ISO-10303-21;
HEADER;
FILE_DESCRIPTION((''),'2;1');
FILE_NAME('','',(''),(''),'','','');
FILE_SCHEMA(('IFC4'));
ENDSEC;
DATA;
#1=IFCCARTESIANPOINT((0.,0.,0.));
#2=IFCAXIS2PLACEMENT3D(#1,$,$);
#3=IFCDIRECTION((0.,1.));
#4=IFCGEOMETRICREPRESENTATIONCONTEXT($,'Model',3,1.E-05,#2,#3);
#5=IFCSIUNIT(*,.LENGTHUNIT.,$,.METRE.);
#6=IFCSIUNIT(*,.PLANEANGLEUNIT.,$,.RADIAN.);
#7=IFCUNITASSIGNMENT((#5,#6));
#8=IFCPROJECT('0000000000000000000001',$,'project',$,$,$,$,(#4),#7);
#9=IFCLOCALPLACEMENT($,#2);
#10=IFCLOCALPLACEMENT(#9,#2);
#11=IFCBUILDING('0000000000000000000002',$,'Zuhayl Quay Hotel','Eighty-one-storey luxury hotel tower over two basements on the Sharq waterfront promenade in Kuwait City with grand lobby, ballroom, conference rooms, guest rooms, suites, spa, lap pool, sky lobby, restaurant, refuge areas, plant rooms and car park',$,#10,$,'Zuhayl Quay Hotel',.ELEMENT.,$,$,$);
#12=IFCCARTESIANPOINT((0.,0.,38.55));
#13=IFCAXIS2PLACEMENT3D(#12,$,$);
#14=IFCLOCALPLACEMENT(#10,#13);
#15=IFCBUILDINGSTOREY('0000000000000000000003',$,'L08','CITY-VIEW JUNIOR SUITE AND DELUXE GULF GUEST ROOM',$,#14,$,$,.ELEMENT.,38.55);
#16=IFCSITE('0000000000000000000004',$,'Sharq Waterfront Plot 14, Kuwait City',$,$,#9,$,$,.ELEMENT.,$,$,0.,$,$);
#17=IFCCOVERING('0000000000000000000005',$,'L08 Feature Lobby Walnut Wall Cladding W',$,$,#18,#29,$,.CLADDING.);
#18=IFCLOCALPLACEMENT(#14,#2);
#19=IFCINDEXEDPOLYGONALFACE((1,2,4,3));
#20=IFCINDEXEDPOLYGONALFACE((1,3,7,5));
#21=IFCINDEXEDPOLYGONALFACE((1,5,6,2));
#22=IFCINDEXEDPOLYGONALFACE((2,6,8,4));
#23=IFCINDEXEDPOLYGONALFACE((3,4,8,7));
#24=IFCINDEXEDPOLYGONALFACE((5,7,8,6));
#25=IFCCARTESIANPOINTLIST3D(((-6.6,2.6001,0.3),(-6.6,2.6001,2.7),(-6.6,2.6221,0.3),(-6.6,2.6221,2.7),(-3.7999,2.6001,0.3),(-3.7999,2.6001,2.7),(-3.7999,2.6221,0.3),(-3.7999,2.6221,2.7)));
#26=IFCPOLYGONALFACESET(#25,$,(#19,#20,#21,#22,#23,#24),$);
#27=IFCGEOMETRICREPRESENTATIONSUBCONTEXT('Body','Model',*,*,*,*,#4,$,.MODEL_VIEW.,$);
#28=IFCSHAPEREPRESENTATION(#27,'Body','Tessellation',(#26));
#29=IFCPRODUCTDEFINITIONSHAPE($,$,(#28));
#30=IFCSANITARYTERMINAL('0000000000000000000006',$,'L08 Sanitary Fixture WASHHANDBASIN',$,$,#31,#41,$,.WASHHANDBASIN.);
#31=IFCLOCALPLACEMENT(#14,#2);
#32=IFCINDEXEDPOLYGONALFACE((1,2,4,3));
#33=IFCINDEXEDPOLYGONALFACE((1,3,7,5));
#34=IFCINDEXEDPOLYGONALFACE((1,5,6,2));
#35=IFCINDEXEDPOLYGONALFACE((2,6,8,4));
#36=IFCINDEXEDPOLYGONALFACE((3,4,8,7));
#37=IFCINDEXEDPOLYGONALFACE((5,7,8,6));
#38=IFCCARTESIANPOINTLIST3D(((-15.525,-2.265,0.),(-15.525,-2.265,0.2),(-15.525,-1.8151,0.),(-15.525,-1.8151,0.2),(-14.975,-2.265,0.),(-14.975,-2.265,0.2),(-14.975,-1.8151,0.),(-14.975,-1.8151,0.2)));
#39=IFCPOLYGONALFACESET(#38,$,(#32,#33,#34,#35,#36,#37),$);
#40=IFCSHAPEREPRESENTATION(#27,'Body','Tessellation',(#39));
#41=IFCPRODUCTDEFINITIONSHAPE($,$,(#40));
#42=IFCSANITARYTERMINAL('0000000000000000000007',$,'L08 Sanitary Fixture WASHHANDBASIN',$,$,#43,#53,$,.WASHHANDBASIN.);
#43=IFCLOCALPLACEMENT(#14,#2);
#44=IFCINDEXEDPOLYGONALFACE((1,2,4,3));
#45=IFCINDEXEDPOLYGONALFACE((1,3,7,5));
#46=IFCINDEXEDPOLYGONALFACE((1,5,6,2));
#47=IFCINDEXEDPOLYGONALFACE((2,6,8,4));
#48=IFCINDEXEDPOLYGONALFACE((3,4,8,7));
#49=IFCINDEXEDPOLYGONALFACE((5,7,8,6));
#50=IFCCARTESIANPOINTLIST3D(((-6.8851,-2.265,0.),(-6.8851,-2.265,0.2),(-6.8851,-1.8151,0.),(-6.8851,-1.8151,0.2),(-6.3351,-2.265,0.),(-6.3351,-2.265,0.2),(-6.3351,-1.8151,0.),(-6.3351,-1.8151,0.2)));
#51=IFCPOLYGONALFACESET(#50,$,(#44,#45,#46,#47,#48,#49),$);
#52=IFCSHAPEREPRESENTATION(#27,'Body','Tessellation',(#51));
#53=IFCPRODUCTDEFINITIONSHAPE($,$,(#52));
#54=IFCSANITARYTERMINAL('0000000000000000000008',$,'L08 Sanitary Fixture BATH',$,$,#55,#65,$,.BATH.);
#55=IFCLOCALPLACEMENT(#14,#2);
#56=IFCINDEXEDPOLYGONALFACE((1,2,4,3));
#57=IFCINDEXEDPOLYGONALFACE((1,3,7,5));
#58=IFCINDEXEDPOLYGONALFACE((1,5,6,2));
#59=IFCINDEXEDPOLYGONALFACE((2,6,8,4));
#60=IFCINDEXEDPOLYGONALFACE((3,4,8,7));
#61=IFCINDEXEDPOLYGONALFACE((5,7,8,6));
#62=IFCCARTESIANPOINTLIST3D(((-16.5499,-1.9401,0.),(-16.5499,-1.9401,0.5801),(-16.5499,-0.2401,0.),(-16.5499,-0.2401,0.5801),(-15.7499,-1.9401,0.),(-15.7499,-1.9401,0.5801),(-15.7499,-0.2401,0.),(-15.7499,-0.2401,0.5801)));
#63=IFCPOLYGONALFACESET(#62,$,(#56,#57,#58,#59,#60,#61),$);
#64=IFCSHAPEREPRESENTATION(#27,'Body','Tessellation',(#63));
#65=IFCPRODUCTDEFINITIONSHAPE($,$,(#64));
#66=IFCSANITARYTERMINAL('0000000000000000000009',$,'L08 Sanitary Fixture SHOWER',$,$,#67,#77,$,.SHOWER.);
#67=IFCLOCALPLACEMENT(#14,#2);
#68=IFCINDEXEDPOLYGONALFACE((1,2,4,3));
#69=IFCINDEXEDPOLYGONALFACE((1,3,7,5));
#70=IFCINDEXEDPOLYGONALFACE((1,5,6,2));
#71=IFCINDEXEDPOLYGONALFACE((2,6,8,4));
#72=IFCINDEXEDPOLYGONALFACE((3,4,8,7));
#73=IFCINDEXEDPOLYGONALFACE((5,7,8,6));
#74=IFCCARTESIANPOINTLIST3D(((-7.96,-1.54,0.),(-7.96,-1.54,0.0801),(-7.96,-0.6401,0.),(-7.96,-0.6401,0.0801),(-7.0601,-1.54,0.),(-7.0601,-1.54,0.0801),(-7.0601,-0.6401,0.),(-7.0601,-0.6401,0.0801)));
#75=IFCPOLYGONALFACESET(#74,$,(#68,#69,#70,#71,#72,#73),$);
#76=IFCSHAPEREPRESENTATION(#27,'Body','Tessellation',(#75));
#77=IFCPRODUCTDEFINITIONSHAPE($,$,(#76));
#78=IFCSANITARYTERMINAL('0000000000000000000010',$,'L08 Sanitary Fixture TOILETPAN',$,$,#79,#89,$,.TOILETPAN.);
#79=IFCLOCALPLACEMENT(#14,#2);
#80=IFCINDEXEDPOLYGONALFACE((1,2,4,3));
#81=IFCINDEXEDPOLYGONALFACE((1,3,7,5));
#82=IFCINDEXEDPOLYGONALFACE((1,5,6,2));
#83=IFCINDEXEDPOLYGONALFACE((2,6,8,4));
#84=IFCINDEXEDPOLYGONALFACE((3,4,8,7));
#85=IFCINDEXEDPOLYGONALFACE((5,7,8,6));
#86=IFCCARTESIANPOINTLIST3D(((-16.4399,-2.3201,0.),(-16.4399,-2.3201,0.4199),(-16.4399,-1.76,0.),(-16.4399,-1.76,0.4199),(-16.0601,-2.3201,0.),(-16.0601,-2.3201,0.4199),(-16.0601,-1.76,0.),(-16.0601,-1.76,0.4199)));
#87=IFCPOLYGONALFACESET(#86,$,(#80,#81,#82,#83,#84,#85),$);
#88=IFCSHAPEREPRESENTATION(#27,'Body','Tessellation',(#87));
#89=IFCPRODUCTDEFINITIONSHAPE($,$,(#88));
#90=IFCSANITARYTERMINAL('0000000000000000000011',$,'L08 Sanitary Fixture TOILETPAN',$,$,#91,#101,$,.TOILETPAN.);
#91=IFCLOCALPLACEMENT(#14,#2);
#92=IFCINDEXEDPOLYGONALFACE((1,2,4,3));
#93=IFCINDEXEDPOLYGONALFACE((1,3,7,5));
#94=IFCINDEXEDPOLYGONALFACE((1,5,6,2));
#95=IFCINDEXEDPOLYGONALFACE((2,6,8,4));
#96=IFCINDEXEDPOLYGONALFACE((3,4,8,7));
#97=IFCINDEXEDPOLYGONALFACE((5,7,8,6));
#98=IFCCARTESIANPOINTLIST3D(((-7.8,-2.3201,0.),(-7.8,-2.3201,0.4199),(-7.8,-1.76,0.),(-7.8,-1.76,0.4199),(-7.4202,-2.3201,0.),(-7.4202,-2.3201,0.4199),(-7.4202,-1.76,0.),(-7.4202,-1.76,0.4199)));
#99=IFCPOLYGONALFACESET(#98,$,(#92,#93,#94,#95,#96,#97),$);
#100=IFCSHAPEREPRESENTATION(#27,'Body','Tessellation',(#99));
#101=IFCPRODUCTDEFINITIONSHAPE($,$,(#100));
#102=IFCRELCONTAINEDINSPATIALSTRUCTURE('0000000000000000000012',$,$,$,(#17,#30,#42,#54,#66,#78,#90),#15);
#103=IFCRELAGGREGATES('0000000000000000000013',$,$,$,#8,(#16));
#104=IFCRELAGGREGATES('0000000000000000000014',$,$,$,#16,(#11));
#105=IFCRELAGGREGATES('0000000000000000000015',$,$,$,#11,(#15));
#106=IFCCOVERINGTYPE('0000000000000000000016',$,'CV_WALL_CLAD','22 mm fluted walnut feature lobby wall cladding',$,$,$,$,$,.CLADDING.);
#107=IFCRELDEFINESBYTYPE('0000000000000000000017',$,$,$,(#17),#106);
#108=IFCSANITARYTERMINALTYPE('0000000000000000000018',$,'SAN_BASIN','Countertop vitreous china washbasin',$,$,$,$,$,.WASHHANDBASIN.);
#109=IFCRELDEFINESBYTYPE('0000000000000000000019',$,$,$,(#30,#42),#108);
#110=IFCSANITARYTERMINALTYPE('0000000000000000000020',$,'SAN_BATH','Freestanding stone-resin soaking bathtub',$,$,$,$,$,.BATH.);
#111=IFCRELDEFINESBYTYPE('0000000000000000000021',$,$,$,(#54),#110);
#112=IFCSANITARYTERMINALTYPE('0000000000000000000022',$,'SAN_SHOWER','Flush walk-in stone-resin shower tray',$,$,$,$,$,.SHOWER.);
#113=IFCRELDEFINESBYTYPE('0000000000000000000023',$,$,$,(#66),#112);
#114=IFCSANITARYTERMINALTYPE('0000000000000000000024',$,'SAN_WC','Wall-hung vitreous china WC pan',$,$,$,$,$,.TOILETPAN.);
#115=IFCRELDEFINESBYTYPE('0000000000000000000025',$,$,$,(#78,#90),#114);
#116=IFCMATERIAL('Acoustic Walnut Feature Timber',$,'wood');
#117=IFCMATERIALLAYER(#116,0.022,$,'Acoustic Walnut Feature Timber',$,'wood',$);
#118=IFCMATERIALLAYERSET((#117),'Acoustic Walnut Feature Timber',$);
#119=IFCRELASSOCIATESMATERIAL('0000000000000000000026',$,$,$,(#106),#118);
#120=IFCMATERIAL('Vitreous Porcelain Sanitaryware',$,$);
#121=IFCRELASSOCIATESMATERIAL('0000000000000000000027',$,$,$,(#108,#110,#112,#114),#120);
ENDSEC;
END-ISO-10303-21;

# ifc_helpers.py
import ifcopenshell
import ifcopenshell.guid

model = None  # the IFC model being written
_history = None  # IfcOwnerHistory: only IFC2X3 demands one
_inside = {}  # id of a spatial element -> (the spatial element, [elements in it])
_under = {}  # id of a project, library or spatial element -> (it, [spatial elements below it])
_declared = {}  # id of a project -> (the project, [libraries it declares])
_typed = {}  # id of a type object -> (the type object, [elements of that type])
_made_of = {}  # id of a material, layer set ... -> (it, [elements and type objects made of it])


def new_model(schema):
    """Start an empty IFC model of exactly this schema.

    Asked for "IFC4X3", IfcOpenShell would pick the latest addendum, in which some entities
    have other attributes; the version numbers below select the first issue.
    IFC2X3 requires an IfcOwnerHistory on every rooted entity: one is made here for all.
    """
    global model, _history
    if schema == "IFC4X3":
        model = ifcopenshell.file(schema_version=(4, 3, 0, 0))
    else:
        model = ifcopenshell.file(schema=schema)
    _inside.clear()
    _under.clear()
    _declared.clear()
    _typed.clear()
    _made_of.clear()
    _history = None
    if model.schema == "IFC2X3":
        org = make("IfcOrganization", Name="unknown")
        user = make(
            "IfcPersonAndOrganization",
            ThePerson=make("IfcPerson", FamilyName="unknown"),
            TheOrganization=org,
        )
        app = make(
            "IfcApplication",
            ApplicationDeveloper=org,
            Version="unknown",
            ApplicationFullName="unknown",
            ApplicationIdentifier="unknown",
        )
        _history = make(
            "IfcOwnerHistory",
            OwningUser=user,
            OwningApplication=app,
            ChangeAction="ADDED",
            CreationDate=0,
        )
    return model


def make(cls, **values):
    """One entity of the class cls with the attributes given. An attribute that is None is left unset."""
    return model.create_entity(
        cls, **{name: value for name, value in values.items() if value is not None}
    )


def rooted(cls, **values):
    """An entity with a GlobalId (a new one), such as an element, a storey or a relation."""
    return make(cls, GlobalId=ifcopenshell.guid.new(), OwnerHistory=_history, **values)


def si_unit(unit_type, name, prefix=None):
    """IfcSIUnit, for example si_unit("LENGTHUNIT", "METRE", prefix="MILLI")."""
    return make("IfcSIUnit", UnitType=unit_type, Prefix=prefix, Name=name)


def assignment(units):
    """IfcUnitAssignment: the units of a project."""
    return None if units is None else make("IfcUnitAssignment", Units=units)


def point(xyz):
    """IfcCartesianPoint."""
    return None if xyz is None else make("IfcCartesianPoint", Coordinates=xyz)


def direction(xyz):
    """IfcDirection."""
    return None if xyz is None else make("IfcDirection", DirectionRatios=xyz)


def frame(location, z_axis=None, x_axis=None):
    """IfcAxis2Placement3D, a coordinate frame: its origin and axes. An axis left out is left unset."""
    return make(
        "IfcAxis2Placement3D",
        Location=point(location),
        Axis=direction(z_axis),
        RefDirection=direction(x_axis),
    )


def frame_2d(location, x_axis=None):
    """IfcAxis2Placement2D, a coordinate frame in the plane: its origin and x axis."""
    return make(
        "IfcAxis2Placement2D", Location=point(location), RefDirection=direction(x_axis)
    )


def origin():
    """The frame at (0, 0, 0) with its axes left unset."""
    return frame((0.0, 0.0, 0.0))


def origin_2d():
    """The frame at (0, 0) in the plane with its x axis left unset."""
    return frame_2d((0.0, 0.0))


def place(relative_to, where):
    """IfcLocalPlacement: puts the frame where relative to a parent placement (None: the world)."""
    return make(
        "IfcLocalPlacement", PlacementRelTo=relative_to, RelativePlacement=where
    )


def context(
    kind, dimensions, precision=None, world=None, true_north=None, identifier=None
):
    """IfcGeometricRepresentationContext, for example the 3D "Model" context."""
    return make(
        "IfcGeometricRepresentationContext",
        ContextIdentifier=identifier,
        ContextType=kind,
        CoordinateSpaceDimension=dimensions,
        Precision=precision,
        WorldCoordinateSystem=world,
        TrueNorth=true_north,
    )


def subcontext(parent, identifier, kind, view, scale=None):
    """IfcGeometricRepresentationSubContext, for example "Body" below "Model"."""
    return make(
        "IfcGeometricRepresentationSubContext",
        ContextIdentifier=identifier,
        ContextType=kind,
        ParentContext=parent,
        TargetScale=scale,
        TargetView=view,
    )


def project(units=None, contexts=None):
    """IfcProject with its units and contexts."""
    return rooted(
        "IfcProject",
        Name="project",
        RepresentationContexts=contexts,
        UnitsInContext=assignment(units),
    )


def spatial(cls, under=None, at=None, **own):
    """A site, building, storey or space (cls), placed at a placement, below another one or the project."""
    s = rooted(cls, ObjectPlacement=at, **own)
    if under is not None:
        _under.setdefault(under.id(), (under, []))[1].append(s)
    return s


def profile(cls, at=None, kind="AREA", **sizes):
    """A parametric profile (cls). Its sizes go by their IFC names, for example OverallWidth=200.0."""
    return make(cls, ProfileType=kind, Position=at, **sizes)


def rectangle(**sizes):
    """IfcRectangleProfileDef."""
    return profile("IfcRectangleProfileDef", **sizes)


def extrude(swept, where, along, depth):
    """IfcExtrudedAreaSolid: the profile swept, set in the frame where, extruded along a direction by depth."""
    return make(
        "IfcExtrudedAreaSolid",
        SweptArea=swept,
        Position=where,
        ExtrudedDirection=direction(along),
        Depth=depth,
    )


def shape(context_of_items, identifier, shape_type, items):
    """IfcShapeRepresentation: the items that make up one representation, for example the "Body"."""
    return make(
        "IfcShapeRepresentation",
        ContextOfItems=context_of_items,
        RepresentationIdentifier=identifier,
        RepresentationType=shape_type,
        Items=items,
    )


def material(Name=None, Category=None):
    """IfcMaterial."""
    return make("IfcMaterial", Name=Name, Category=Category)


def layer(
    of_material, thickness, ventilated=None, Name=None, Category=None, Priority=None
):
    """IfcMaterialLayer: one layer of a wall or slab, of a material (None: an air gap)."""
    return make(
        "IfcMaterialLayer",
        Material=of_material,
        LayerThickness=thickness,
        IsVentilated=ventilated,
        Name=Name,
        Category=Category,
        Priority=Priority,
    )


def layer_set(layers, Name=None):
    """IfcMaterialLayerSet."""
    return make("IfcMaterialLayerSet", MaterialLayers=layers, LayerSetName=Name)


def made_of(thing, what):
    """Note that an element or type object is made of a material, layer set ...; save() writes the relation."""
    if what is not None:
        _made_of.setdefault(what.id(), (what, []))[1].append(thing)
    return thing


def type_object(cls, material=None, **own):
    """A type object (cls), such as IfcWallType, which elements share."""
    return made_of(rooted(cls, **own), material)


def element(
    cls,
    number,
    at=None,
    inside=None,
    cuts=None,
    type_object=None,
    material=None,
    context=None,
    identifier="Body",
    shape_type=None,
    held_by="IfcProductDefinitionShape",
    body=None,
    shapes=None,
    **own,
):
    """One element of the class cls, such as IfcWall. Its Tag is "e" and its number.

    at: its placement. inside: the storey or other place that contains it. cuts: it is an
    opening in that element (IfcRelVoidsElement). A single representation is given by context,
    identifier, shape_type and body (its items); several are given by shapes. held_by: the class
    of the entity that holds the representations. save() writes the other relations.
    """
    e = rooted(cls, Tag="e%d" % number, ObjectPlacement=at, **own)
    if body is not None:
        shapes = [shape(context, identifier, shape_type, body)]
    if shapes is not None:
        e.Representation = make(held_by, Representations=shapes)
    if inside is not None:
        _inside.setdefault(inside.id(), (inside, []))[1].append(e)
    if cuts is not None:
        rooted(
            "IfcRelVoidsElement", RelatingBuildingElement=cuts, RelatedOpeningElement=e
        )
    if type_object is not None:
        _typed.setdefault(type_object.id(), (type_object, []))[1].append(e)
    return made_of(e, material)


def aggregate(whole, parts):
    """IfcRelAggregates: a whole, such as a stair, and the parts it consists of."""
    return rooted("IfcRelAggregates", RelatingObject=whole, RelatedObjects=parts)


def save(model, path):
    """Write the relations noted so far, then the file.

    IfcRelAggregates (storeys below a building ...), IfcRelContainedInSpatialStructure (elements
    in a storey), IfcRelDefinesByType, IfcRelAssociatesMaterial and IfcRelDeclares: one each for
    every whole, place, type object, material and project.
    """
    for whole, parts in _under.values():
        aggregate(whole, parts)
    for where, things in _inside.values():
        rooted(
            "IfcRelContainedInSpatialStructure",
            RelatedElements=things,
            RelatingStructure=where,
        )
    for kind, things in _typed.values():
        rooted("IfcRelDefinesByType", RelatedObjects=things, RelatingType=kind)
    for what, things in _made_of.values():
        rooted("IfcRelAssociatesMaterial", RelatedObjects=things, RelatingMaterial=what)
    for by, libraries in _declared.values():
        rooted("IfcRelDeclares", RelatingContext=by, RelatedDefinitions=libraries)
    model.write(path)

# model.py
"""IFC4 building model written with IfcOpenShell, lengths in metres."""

from ifc_helpers import new_model, si_unit, direction, frame, origin, origin_2d, place, context, subcontext, project, spatial, rectangle, extrude, material, layer, layer_set, type_object, element, save


model = new_model("IFC4")

# Units and contexts
model_context = context("Model", 3, precision=1e-05, world=origin(), true_north=direction((0.0, 1.0)))
body_context = subcontext(model_context, "Body", "Model", "MODEL_VIEW")
ifc_project = project(units=[si_unit("LENGTHUNIT", "METRE"), si_unit("PLANEANGLEUNIT", "RADIAN")], contexts=[model_context])

# Site, building, storey
site_placement = place(None, origin())
site = spatial("IfcSite", under=ifc_project, at=site_placement, Name="Sharq Waterfront Plot 14, Kuwait City", CompositionType="ELEMENT", RefElevation=0.0)
building_placement = place(site_placement, origin())
building = spatial("IfcBuilding", under=site, at=building_placement, Name="Zuhayl Quay Hotel", Description="Eighty-one-storey luxury hotel tower over two basements on the Sharq waterfront promenade in Kuwait City with grand lobby, ballroom, conference rooms, guest rooms, suites, spa, lap pool, sky lobby, restaurant, refuge areas, plant rooms and car park", LongName="Zuhayl Quay Hotel", CompositionType="ELEMENT")
storey_placement = place(building_placement, frame((0.0, 0.0, 38.55)))
storey = spatial("IfcBuildingStorey", under=building, at=storey_placement, Name="L08", Description="CITY-VIEW JUNIOR SUITE AND DELUXE GULF GUEST ROOM", CompositionType="ELEMENT", Elevation=38.55)

# Covering
ifc_material_1 = material(Name="Acoustic Walnut Feature Timber", Category="wood")
ifc_layer_1 = layer(ifc_material_1, 0.022, Name="Acoustic Walnut Feature Timber", Category="wood")
ifc_layer_set_1 = layer_set([ifc_layer_1], Name="Acoustic Walnut Feature Timber")
covering_type = type_object("IfcCoveringType", Name="CV_WALL_CLAD", Description="22 mm fluted walnut feature lobby wall cladding", PredefinedType="CLADDING", material=ifc_layer_set_1)
covering_placement = place(storey_placement, frame((-5.2, 2.6111, 0.3), z_axis=(0.0, 0.0, 1.0), x_axis=(1.0, 0.0, 0.0)))
element("IfcCovering", 1, at=covering_placement, inside=storey, type_object=covering_type, Name="L08 Feature Lobby Walnut Wall Cladding W", PredefinedType="CLADDING", context=body_context, shape_type="SweptSolid", body=[
    extrude(rectangle(XDim=2.8, YDim=0.022, at=origin_2d()), origin(), (0.0, 0.0, 1.0), 2.3999),
])

# Sanitary terminals
ifc_material_2 = material(Name="Vitreous Porcelain Sanitaryware")
sanitary_terminal_type_1 = type_object("IfcSanitaryTerminalType", Name="SAN_BASIN", Description="Countertop vitreous china washbasin", PredefinedType="WASHHANDBASIN", material=ifc_material_2)
for number, where, z_axis, x_axis, name in (
    (2, (-15.25, -2.04, 0.0), (0.0, 0.0, 1.0), (1.0, 0.0, 0.0), "L08 Sanitary Fixture WASHHANDBASIN"),
    (3, (-6.6101, -2.04, 0.0), (0.0, 0.0, 1.0), (1.0, 0.0, 0.0), "L08 Sanitary Fixture WASHHANDBASIN"),
):
    element("IfcSanitaryTerminal", number, at=place(storey_placement, frame(where, z_axis=z_axis, x_axis=x_axis)), inside=storey, type_object=sanitary_terminal_type_1, Name=name, PredefinedType="WASHHANDBASIN", context=body_context, shape_type="SweptSolid", body=[
        extrude(rectangle(XDim=0.55, YDim=0.45, at=origin_2d()), origin(), (0.0, 0.0, 1.0), 0.2),
    ])
sanitary_terminal_type_2 = type_object("IfcSanitaryTerminalType", Name="SAN_BATH", Description="Freestanding stone-resin soaking bathtub", PredefinedType="BATH", material=ifc_material_2)
sanitary_terminal_1_placement = place(storey_placement, frame((-16.1499, -1.0901, 0.0), z_axis=(0.0, 0.0, 1.0), x_axis=(1.0, 0.0, 0.0)))
element("IfcSanitaryTerminal", 4, at=sanitary_terminal_1_placement, inside=storey, type_object=sanitary_terminal_type_2, Name="L08 Sanitary Fixture BATH", PredefinedType="BATH", context=body_context, shape_type="SweptSolid", body=[
    extrude(rectangle(XDim=0.8, YDim=1.7, at=origin_2d()), origin(), (0.0, 0.0, 1.0), 0.5801),
])
sanitary_terminal_type_3 = type_object("IfcSanitaryTerminalType", Name="SAN_SHOWER", Description="Flush walk-in stone-resin shower tray", PredefinedType="SHOWER", material=ifc_material_2)
sanitary_terminal_2_placement = place(storey_placement, frame((-7.51, -1.0901, 0.0), z_axis=(0.0, 0.0, 1.0), x_axis=(1.0, 0.0, 0.0)))
element("IfcSanitaryTerminal", 5, at=sanitary_terminal_2_placement, inside=storey, type_object=sanitary_terminal_type_3, Name="L08 Sanitary Fixture SHOWER", PredefinedType="SHOWER", context=body_context, shape_type="SweptSolid", body=[
    extrude(rectangle(XDim=0.8999, YDim=0.8999, at=origin_2d()), origin(), (0.0, 0.0, 1.0), 0.0801),
])
sanitary_terminal_type_4 = type_object("IfcSanitaryTerminalType", Name="SAN_WC", Description="Wall-hung vitreous china WC pan", PredefinedType="TOILETPAN", material=ifc_material_2)
for number, where, z_axis, x_axis, name in (
    (6, (-16.25, -2.04, 0.0), (0.0, 0.0, 1.0), (1.0, 0.0, 0.0), "L08 Sanitary Fixture TOILETPAN"),
    (7, (-7.6101, -2.04, 0.0), (0.0, 0.0, 1.0), (1.0, 0.0, 0.0), "L08 Sanitary Fixture TOILETPAN"),
):
    element("IfcSanitaryTerminal", number, at=place(storey_placement, frame(where, z_axis=z_axis, x_axis=x_axis)), inside=storey, type_object=sanitary_terminal_type_4, Name=name, PredefinedType="TOILETPAN", context=body_context, shape_type="SweptSolid", body=[
        extrude(rectangle(XDim=0.3799, YDim=0.5601, at=origin_2d()), origin(), (0.0, 0.0, 1.0), 0.4199),
    ])

save(model, "model.ifc")
